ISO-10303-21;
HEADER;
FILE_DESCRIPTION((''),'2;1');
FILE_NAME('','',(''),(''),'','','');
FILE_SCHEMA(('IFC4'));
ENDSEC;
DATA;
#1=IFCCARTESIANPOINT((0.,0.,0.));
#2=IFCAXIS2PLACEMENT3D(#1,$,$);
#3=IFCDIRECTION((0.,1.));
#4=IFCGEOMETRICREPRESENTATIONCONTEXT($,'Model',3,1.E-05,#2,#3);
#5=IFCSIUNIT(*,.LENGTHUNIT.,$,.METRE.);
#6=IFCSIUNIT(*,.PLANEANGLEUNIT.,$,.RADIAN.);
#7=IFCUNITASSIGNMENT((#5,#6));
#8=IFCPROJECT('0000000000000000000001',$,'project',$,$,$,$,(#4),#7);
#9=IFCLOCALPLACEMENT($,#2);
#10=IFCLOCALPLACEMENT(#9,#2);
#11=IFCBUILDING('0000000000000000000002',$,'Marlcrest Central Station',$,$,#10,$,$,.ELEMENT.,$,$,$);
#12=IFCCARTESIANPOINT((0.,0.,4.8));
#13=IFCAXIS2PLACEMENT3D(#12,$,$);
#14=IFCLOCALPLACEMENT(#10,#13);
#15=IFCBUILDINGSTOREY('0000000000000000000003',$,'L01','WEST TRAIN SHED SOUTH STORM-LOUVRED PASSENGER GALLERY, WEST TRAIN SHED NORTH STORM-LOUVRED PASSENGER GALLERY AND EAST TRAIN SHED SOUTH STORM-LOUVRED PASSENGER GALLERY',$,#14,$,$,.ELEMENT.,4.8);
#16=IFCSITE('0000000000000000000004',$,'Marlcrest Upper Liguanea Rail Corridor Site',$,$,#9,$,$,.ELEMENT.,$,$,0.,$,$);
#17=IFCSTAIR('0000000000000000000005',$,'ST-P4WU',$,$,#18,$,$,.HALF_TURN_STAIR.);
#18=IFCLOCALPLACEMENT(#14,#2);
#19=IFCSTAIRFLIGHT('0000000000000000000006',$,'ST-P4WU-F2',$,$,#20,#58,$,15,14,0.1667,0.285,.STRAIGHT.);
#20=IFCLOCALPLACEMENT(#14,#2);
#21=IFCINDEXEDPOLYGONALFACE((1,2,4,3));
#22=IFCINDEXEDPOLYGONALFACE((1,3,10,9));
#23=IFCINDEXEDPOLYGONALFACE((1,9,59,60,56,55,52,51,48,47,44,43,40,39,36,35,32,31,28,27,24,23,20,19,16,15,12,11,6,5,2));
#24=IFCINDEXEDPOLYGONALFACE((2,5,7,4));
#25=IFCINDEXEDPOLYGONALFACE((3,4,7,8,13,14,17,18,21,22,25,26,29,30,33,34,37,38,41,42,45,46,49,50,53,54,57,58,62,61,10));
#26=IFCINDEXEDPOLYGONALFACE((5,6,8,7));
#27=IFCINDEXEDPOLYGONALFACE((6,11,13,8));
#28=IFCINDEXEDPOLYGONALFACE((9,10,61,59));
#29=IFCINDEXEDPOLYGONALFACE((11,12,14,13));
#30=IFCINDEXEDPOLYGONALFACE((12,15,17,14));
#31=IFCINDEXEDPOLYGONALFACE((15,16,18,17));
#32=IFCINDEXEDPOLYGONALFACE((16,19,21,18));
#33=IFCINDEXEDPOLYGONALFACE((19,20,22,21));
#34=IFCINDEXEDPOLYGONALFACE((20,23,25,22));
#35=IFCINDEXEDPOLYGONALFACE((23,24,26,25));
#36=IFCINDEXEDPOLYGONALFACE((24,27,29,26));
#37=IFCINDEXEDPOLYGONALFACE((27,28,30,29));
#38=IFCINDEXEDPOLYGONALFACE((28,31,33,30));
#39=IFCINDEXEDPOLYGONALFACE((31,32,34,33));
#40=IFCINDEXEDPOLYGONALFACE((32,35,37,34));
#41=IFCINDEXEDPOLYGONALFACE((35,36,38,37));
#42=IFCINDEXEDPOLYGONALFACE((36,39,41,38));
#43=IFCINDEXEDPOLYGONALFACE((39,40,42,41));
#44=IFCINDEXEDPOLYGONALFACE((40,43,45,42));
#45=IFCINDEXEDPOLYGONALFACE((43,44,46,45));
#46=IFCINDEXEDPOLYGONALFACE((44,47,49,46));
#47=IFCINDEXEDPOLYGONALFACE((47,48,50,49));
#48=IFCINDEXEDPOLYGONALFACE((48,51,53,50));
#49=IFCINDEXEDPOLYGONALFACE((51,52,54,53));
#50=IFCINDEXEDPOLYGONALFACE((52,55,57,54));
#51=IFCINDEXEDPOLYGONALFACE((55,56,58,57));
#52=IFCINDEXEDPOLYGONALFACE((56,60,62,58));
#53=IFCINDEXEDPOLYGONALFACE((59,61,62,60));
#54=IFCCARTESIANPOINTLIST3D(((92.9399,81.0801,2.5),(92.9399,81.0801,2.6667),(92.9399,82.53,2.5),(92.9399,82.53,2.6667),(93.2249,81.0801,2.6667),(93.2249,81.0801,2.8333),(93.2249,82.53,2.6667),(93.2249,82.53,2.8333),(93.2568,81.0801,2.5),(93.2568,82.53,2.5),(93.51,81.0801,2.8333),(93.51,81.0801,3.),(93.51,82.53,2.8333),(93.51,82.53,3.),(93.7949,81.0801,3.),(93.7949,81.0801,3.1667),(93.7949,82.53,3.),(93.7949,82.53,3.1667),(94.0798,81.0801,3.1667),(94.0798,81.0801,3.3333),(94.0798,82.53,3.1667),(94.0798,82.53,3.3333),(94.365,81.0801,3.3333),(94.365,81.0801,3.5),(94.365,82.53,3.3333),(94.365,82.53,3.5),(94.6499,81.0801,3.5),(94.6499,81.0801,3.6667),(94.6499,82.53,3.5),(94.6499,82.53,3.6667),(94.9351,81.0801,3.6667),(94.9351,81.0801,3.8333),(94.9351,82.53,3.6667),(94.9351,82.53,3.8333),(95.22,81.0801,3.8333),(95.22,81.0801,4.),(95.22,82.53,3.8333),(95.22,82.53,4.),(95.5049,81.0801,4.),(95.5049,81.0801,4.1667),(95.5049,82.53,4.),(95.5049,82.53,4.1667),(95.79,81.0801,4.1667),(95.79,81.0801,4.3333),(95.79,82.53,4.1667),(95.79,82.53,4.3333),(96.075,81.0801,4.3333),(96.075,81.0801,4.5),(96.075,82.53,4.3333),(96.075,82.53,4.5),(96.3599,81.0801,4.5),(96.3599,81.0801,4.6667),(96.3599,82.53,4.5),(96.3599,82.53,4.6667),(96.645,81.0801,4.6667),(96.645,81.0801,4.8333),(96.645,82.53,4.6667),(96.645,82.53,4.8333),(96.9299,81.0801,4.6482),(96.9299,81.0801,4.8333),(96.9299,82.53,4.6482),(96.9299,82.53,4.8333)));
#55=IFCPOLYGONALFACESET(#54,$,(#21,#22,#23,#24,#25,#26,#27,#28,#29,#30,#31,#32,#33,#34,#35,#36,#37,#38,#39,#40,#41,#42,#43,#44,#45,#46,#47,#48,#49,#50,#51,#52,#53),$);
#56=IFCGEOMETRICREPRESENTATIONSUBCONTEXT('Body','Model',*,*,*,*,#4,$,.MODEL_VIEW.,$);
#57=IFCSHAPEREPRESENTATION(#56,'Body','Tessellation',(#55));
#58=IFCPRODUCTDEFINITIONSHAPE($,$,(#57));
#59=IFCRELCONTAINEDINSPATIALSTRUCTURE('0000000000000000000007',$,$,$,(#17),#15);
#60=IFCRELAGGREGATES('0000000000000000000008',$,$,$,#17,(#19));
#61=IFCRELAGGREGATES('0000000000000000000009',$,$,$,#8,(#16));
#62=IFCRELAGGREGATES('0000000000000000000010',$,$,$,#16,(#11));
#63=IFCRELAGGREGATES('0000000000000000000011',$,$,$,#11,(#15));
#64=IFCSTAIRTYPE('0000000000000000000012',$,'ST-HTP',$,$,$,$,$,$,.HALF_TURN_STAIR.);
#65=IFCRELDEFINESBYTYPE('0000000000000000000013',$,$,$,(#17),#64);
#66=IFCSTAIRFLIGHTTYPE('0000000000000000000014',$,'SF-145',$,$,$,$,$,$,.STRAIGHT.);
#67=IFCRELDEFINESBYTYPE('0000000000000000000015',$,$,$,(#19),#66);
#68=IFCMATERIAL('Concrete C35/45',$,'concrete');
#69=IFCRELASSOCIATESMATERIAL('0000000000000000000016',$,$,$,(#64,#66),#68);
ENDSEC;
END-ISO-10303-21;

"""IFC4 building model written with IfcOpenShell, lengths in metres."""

from ifc_helpers import new_model, si_unit, direction, frame, origin, place, context, subcontext, project, spatial, polyline, outline, extrude, material, type_object, element, aggregate, save


model = new_model("IFC4")

# Units and contexts
model_context = context("Model", 3, precision=1e-05, world=origin(), true_north=direction((0.0, 1.0)))
body_context = subcontext(model_context, "Body", "Model", "MODEL_VIEW")
ifc_project = project(units=[si_unit("LENGTHUNIT", "METRE"), si_unit("PLANEANGLEUNIT", "RADIAN")], contexts=[model_context])

# Site, building, storey
site_placement = place(None, origin())
site = spatial("IfcSite", under=ifc_project, at=site_placement, Name="Marlcrest Upper Liguanea Rail Corridor Site", CompositionType="ELEMENT", RefElevation=0.0)
building_placement = place(site_placement, origin())
building = spatial("IfcBuilding", under=site, at=building_placement, Name="Marlcrest Central Station", CompositionType="ELEMENT")
storey_placement = place(building_placement, frame((0.0, 0.0, 4.8)))
storey = spatial("IfcBuildingStorey", under=building, at=storey_placement, Name="L01", Description="WEST TRAIN SHED SOUTH STORM-LOUVRED PASSENGER GALLERY, WEST TRAIN SHED NORTH STORM-LOUVRED PASSENGER GALLERY AND EAST TRAIN SHED SOUTH STORM-LOUVRED PASSENGER GALLERY", CompositionType="ELEMENT", Elevation=4.8)

# Stair, stair flight
ifc_material_1 = material(Name="Concrete C35/45", Category="concrete")
stair_type = type_object("IfcStairType", Name="ST-HTP", PredefinedType="HALF_TURN_STAIR", material=ifc_material_1)
stair_placement = place(storey_placement, origin())
stair = element("IfcStair", 1, at=stair_placement, inside=storey, type_object=stair_type, Name="ST-P4WU", PredefinedType="HALF_TURN_STAIR")
stair_flight_type = type_object("IfcStairFlightType", Name="SF-145", PredefinedType="STRAIGHT", material=ifc_material_1)
stair_flight_placement = place(storey_placement, frame((92.9399, 81.8049, 2.5), z_axis=(0.0, 0.0, 1.0), x_axis=(1.0, 0.0, 0.0)))
stair_flight = element("IfcStairFlight", 2, at=stair_flight_placement, type_object=stair_flight_type, Name="ST-P4WU-F2", NumberOfRisers=15, NumberOfTreads=14, PredefinedType="STRAIGHT", RiserHeight=0.1667, TreadLength=0.285, context=body_context, shape_type="SweptSolid", body=[
    extrude(outline(polyline([(0.0, 0.0), (0.0, 0.1667), (0.2849, 0.1667), (0.2849, 0.3333), (0.5701, 0.3333), (0.5701, 0.5), (0.855, 0.5), (0.855, 0.6667), (1.1399, 0.6667), (1.1399, 0.8333), (1.425, 0.8333), (1.425, 1.0), (1.71, 1.0), (1.71, 1.1667), (1.9951, 1.1667), (1.9951, 1.3333), (2.28, 1.3333), (2.28, 1.5), (2.5649, 1.5), (2.5649, 1.6667), (2.8501, 1.6667), (2.8501, 1.8333), (3.135, 1.8333), (3.135, 2.0), (3.4199, 2.0), (3.4199, 2.1667), (3.7051, 2.1667), (3.7051, 2.3333), (3.99, 2.3333), (3.99, 2.5), (3.99, 2.1482), (0.3169, 0.0), (0.0, 0.0)])), frame((0.0, 0.7251, 0.0), z_axis=(0.0, -1.0, 0.0), x_axis=(1.0, 0.0, 0.0)), (0.0, 0.0, 1.0), 1.45),
])
aggregate(stair, [stair_flight])

save(model, "model.ifc")
